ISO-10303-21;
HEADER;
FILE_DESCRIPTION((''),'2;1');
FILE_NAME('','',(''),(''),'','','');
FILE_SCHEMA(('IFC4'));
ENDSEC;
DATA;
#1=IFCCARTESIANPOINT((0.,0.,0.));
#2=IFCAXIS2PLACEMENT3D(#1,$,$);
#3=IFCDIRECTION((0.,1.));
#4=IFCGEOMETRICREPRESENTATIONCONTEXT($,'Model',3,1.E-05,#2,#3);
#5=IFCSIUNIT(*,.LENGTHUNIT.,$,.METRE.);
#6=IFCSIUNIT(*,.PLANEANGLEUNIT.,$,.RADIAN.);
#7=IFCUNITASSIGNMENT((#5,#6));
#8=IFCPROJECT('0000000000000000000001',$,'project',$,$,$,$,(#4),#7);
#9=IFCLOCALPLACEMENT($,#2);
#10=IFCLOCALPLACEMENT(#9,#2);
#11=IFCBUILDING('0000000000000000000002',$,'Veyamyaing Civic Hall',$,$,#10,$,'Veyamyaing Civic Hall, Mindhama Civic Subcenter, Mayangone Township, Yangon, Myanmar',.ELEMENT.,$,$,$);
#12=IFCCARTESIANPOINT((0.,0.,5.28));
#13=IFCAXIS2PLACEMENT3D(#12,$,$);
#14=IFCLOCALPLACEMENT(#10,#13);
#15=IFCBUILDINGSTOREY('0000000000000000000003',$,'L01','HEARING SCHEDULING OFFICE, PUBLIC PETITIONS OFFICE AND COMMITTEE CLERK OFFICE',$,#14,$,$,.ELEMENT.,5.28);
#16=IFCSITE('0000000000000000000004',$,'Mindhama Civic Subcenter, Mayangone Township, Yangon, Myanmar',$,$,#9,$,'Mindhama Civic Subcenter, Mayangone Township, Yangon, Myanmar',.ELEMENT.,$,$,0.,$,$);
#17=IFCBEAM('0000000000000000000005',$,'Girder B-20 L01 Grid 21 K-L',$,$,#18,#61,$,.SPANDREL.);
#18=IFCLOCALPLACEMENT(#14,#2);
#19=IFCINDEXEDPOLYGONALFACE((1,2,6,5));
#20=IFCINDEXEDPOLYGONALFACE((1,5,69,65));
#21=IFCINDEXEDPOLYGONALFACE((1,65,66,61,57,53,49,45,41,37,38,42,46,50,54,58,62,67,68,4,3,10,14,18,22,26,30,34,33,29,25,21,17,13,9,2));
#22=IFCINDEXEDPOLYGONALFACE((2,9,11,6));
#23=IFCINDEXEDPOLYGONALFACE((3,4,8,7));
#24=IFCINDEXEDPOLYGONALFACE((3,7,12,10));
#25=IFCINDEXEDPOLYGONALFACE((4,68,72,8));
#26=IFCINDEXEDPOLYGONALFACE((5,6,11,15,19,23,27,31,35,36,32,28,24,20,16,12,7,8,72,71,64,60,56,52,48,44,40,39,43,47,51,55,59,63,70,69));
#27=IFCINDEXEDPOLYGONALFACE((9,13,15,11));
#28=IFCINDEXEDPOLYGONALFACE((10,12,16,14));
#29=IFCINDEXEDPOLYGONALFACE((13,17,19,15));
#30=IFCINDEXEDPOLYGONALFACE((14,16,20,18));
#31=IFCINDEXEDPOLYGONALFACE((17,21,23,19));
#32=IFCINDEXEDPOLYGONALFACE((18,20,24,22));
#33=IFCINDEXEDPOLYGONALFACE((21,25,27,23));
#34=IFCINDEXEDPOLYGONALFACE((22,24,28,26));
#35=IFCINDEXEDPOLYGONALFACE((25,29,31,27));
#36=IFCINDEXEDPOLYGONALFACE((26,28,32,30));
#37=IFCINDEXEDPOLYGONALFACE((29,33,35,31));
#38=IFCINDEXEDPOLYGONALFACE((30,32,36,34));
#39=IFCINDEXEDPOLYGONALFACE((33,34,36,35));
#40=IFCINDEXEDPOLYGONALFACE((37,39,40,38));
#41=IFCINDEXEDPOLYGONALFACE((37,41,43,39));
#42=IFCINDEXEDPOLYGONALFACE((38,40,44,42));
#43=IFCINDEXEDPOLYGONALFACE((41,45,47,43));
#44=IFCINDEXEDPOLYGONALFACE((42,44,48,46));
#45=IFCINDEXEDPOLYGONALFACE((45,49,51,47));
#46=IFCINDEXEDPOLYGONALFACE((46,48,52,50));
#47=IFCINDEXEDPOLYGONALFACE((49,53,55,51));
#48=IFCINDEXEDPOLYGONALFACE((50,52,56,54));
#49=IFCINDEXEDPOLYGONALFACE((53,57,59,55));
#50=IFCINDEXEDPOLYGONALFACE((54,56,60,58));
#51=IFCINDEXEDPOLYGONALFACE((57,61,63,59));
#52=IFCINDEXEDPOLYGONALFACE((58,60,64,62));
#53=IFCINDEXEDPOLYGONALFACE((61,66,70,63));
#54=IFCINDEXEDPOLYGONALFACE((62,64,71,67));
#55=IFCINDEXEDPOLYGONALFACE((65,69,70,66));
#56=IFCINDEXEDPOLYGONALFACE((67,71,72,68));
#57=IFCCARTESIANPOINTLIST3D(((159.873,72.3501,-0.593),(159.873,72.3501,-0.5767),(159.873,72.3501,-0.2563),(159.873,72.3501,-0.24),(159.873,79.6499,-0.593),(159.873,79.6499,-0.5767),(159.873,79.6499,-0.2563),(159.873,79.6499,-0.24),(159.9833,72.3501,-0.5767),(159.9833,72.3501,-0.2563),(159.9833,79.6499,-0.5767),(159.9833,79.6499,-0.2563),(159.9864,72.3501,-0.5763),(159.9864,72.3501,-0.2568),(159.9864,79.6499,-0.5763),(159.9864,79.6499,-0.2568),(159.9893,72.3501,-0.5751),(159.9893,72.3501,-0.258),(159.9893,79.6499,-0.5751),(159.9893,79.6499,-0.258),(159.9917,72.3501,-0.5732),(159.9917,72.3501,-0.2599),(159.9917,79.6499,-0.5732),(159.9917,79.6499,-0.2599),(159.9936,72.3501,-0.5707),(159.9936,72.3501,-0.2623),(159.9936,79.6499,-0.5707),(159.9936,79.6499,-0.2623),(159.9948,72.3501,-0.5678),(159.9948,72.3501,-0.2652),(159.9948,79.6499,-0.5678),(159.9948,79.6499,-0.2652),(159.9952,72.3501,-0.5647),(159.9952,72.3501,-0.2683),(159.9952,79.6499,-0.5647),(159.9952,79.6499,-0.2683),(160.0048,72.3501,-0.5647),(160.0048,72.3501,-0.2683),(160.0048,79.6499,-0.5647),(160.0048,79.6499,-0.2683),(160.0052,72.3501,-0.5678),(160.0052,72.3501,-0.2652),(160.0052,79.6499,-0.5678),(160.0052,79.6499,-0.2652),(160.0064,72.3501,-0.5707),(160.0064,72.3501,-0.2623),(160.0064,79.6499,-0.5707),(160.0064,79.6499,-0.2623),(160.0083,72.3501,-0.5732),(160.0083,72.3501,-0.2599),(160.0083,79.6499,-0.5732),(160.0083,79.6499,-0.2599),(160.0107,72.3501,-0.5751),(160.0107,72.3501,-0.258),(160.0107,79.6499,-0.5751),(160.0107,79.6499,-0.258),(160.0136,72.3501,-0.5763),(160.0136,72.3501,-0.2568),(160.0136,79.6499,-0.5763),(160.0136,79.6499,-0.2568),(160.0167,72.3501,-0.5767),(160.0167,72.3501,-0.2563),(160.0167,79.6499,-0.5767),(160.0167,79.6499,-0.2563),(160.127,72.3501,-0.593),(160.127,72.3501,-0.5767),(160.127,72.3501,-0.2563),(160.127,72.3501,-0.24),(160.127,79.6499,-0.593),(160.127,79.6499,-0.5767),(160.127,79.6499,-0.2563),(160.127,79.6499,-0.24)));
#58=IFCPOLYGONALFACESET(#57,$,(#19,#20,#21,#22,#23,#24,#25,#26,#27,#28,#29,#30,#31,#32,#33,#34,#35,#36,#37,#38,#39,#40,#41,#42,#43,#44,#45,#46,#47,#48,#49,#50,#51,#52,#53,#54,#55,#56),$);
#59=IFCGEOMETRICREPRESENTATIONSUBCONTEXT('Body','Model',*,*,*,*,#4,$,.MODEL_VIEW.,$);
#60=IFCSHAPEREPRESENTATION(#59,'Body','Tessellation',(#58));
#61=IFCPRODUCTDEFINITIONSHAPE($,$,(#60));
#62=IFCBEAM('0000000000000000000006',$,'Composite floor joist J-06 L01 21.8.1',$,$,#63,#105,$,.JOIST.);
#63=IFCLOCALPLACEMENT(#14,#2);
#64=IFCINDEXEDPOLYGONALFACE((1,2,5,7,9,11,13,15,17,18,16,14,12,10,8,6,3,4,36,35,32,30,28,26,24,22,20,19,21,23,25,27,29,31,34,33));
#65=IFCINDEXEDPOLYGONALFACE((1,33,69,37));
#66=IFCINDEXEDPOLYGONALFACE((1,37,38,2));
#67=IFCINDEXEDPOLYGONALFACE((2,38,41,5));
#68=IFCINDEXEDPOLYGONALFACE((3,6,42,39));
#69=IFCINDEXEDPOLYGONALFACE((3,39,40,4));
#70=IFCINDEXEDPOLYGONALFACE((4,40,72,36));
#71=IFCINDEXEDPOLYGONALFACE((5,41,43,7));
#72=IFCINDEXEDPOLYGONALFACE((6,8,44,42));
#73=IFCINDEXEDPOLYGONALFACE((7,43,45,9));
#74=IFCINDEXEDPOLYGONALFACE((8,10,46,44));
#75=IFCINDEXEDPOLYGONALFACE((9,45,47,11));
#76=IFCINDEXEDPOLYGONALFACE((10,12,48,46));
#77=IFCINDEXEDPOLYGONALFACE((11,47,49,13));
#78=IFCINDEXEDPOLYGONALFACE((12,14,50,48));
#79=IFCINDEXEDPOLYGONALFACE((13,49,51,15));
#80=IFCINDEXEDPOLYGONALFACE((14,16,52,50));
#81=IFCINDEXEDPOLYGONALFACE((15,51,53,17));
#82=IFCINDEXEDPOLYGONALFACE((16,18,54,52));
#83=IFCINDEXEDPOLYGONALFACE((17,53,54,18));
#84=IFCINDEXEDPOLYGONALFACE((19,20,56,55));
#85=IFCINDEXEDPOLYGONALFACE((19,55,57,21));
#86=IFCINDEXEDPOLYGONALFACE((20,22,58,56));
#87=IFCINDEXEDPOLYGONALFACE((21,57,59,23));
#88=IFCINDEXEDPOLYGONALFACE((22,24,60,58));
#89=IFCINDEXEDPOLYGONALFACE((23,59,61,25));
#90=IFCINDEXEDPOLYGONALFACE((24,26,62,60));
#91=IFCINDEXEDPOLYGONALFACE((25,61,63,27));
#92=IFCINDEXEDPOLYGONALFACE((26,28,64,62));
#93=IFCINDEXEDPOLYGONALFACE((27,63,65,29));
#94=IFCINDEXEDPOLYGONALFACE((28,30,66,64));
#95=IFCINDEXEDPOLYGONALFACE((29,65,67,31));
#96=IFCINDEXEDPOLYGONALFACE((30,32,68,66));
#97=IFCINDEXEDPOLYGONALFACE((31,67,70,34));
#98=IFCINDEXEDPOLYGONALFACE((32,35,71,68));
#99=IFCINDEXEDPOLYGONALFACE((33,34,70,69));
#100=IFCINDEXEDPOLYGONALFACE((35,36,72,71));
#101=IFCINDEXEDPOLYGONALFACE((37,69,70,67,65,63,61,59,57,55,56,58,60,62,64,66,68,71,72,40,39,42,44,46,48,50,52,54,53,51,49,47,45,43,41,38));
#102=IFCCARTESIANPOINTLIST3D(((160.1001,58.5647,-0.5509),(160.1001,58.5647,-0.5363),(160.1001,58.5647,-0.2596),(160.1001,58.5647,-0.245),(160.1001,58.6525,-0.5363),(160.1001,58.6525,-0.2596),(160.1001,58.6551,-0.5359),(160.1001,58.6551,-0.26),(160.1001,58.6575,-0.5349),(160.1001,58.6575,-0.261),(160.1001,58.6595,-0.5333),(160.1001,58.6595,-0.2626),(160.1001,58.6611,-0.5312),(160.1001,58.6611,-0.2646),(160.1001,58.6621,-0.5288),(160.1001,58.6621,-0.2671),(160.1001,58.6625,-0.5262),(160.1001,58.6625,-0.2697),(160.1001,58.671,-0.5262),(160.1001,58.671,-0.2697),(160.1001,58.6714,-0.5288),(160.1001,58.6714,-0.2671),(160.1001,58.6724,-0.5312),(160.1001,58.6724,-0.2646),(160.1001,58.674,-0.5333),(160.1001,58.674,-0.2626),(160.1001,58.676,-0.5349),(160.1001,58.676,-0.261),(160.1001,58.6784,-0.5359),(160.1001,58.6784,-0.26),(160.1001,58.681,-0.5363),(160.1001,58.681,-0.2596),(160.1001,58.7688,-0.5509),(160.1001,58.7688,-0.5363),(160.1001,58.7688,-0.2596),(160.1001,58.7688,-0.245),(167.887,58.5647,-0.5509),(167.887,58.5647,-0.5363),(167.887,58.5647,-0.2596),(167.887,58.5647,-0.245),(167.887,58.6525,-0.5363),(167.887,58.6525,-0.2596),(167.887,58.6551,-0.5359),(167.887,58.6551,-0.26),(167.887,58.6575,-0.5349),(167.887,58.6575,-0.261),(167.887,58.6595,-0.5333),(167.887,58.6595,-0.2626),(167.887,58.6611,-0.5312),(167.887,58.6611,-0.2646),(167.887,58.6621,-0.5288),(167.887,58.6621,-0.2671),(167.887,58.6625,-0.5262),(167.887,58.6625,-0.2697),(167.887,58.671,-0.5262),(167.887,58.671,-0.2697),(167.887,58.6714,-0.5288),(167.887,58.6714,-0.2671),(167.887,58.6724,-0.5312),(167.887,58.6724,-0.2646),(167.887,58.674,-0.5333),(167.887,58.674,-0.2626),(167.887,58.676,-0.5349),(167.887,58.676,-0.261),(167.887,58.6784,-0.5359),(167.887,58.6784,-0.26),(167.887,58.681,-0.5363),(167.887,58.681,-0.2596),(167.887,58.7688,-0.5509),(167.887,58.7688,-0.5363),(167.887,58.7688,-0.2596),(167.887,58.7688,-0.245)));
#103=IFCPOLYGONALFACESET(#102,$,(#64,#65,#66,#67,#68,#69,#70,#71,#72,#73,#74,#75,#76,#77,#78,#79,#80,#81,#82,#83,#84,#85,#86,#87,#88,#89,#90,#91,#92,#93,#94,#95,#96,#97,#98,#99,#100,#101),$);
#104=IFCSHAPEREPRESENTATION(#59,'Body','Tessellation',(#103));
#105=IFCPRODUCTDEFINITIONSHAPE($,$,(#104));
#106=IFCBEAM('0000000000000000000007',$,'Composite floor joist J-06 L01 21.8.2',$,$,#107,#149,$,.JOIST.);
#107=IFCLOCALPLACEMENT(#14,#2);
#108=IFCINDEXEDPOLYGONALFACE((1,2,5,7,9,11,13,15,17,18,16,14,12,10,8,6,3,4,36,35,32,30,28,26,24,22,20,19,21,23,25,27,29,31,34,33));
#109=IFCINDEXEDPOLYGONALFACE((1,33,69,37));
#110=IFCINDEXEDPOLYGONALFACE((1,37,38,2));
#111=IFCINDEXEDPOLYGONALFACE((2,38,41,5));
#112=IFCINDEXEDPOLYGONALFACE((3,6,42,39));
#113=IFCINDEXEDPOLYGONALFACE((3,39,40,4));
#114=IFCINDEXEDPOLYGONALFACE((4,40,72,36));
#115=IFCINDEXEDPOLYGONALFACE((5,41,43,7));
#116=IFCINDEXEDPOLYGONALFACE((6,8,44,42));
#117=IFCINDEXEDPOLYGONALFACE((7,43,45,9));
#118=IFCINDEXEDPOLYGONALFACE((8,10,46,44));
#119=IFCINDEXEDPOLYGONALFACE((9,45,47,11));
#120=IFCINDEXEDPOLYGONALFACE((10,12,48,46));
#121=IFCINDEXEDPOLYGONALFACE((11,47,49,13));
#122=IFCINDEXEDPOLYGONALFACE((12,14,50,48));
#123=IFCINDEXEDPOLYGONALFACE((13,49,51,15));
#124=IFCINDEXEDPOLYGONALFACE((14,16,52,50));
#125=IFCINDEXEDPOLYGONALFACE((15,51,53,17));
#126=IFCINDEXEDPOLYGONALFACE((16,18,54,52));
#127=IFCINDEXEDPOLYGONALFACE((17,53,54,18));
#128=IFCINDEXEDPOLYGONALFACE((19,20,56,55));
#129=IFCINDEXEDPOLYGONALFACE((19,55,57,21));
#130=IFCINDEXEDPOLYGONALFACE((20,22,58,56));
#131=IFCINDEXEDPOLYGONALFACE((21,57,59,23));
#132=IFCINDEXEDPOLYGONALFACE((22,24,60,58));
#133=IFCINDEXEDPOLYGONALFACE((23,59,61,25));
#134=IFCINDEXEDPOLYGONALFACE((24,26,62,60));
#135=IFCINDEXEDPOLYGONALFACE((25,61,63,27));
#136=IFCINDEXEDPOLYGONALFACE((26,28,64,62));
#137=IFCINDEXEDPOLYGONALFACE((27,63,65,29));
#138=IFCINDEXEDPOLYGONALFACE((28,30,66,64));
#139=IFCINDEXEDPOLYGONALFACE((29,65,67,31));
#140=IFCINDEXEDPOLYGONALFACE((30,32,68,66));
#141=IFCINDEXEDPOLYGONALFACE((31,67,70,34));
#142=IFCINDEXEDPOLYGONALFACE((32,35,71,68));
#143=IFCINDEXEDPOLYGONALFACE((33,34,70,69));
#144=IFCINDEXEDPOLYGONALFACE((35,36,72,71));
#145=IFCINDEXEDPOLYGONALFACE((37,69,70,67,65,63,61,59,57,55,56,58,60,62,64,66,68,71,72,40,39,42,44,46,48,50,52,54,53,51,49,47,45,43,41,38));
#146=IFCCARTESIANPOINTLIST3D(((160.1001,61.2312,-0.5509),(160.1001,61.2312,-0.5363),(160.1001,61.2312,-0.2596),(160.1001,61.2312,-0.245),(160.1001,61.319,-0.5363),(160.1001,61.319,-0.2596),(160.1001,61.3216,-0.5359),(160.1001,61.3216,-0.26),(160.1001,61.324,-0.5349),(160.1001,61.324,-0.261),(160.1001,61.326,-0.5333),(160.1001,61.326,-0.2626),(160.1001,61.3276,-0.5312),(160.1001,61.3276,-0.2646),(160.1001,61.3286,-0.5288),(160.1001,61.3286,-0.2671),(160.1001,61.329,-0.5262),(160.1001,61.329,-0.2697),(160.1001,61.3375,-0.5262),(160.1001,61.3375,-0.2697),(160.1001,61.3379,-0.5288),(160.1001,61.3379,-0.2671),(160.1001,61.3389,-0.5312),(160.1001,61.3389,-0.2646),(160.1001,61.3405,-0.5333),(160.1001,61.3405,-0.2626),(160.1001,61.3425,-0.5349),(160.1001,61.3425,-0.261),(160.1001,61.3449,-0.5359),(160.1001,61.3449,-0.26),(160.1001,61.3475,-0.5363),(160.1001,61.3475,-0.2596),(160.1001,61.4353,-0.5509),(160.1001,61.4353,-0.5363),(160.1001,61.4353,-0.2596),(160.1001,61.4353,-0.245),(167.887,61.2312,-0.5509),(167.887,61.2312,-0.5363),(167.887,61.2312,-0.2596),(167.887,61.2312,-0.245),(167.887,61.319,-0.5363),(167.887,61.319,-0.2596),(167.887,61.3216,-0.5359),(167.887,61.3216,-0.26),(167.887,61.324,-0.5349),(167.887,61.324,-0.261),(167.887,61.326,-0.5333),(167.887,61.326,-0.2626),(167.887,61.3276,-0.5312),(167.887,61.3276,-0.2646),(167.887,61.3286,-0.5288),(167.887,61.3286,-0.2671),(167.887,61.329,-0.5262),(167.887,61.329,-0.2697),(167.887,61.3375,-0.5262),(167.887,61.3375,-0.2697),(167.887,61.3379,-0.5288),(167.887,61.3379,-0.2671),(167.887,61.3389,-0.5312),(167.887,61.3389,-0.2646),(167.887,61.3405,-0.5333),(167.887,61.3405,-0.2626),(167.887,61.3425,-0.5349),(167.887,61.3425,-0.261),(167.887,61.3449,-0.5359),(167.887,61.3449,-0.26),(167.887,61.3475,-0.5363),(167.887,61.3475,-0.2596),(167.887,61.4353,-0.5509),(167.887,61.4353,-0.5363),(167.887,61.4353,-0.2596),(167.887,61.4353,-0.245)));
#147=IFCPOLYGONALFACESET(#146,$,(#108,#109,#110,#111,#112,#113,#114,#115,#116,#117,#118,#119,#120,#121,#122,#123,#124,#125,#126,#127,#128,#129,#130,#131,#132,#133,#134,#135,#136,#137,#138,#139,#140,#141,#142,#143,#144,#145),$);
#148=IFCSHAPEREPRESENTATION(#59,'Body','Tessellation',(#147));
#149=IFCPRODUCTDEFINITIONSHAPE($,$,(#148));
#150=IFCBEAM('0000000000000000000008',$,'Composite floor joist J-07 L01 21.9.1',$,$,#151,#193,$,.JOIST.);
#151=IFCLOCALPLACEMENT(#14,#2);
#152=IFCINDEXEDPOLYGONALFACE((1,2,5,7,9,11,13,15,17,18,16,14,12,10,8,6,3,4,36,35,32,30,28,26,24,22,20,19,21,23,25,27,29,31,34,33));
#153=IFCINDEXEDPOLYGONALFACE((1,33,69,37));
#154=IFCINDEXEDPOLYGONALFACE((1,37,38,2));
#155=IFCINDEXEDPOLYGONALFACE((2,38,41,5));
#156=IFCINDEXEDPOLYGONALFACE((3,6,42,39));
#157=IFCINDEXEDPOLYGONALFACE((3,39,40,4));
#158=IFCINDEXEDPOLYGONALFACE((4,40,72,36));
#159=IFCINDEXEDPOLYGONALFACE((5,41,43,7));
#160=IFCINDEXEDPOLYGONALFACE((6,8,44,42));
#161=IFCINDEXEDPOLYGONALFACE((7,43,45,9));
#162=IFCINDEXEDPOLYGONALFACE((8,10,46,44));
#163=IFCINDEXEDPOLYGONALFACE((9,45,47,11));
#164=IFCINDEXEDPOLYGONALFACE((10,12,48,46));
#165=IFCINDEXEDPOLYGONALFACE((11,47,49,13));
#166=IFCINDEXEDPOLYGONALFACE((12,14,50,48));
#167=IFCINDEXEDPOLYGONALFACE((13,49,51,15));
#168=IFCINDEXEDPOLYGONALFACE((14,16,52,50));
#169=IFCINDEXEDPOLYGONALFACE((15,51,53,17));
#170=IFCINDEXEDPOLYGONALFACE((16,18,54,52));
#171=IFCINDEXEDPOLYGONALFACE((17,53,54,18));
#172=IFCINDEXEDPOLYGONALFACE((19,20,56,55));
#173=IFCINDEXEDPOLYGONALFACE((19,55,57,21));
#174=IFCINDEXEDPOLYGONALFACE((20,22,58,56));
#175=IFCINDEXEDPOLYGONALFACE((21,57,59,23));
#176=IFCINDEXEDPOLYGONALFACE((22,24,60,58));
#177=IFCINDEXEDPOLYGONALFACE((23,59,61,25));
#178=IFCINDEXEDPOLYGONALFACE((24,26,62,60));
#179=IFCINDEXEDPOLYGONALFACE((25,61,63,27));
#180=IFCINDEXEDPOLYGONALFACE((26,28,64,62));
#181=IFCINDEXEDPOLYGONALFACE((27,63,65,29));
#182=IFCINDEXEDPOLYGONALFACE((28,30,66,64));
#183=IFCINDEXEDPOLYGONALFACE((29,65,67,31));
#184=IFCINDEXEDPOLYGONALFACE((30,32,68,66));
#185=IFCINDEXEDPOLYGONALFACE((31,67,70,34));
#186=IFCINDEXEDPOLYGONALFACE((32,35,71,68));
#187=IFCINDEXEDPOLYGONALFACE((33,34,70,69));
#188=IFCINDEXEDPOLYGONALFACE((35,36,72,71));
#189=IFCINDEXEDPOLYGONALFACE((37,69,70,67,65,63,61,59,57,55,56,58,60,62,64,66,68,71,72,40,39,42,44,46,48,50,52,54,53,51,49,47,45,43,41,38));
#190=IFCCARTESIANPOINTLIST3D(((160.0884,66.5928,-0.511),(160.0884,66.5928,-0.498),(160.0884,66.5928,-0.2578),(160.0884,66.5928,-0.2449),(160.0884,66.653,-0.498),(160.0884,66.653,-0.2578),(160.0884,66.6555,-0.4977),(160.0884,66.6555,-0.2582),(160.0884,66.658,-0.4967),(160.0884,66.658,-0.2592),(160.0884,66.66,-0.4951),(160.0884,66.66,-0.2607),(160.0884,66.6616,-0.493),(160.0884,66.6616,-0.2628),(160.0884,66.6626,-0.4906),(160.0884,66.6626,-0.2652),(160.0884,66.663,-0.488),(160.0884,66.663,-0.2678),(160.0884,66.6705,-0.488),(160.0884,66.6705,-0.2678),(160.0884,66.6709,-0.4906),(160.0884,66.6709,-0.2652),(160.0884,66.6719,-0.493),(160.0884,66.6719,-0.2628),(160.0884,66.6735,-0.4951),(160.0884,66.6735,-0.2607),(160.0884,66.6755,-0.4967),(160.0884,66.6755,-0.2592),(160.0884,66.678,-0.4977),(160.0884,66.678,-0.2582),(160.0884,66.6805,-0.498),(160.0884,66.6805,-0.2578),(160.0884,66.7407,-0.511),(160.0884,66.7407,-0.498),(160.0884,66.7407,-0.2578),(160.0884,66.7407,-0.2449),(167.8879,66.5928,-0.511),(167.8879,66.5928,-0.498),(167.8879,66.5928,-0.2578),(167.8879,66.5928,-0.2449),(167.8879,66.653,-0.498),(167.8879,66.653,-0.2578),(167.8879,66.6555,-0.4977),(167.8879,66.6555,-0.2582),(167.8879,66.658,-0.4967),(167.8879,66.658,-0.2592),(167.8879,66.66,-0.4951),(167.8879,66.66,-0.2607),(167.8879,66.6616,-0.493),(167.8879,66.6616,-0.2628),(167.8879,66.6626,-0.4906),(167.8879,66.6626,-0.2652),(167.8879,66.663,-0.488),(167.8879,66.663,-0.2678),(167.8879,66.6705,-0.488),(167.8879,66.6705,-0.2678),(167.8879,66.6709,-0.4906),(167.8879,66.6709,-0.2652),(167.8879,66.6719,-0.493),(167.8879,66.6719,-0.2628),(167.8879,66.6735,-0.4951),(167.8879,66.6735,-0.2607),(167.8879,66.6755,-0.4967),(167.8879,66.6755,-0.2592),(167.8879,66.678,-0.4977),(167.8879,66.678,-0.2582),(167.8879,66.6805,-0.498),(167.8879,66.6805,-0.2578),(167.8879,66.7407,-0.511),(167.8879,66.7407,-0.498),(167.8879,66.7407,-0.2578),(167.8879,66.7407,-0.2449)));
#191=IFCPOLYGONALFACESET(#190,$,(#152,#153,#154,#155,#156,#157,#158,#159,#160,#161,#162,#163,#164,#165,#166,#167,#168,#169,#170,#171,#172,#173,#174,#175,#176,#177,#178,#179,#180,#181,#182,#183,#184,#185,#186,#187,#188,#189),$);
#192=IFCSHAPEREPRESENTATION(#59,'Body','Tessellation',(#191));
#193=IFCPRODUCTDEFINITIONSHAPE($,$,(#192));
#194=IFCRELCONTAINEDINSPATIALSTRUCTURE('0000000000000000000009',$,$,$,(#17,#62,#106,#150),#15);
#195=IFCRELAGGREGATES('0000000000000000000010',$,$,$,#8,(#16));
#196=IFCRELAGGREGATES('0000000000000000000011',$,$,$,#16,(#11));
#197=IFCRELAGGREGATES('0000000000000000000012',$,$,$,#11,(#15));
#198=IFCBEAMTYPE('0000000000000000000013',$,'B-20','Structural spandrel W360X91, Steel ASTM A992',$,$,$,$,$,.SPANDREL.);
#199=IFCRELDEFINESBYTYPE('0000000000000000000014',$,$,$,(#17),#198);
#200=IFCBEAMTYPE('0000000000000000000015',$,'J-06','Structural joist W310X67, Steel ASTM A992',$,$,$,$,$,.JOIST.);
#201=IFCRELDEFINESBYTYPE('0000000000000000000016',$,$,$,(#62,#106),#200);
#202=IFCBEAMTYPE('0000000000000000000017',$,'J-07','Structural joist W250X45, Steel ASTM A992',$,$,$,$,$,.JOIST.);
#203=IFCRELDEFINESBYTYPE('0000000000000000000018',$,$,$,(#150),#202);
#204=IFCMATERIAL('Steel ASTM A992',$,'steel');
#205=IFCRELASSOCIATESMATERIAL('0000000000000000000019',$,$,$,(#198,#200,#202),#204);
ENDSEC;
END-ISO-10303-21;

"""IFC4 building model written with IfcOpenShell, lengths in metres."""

from ifc_helpers import new_model, si_unit, direction, frame, origin, origin_2d, place, context, subcontext, project, spatial, i_section, extrude, material, material_profile, profile_set, type_object, element, save


model = new_model("IFC4")

# Units and contexts
model_context = context("Model", 3, precision=1e-05, world=origin(), true_north=direction((0.0, 1.0)))
body_context = subcontext(model_context, "Body", "Model", "MODEL_VIEW")
ifc_project = project(units=[si_unit("LENGTHUNIT", "METRE"), si_unit("PLANEANGLEUNIT", "RADIAN")], contexts=[model_context])

# Site, building, storey
site_placement = place(None, origin())
site = spatial("IfcSite", under=ifc_project, at=site_placement, Name="Mindhama Civic Subcenter, Mayangone Township, Yangon, Myanmar", LongName="Mindhama Civic Subcenter, Mayangone Township, Yangon, Myanmar", CompositionType="ELEMENT", RefElevation=0.0)
building_placement = place(site_placement, origin())
building = spatial("IfcBuilding", under=site, at=building_placement, Name="Veyamyaing Civic Hall", LongName="Veyamyaing Civic Hall, Mindhama Civic Subcenter, Mayangone Township, Yangon, Myanmar", CompositionType="ELEMENT")
storey_placement = place(building_placement, frame((0.0, 0.0, 5.28)))
storey = spatial("IfcBuildingStorey", under=building, at=storey_placement, Name="L01", Description="HEARING SCHEDULING OFFICE, PUBLIC PETITIONS OFFICE AND COMMITTEE CLERK OFFICE", CompositionType="ELEMENT", Elevation=5.28)

# Beams
ifc_material_1 = material(Name="Steel ASTM A992", Category="steel")
ifc_material_profile_1 = material_profile(ifc_material_1, i_section(OverallWidth=0.2539, OverallDepth=0.353, WebThickness=0.0095, FlangeThickness=0.0164, FilletRadius=0.012, at=origin_2d()), Name="W360X91")
ifc_profile_set_1 = profile_set([ifc_material_profile_1], Name="Steel ASTM A992")
beam_type_1 = type_object("IfcBeamType", Name="B-20", Description="Structural spandrel W360X91, Steel ASTM A992", PredefinedType="SPANDREL", material=ifc_profile_set_1)
beam_1_placement = place(storey_placement, frame((160.0, 72.3501, -0.4165), z_axis=(0.0, 1.0, 0.0), x_axis=(-1.0, 0.0, 0.0)))
element("IfcBeam", 1, at=beam_1_placement, inside=storey, type_object=beam_type_1, Name="Girder B-20 L01 Grid 21 K-L", PredefinedType="SPANDREL", context=body_context, shape_type="SweptSolid", body=[
    extrude(i_section(OverallWidth=0.2539, OverallDepth=0.353, WebThickness=0.0095, FlangeThickness=0.0164, FilletRadius=0.012, at=origin_2d()), origin(), (0.0, 0.0, 1.0), 7.2998),
])
ifc_material_profile_2 = material_profile(ifc_material_1, i_section(OverallWidth=0.2041, OverallDepth=0.3059, WebThickness=0.0085, FlangeThickness=0.0146, FilletRadius=0.01, at=origin_2d()), Name="W310X67")
ifc_profile_set_2 = profile_set([ifc_material_profile_2], Name="Steel ASTM A992")
beam_type_2 = type_object("IfcBeamType", Name="J-06", Description="Structural joist W310X67, Steel ASTM A992", PredefinedType="JOIST", material=ifc_profile_set_2)
for number, where, z_axis, x_axis, name in (
    (2, (160.1001, 58.6667, -0.3979), (1.0, 0.0, 0.0), (0.0, 1.0, 0.0), "Composite floor joist J-06 L01 21.8.1"),
    (3, (160.1001, 61.3333, -0.3979), (1.0, 0.0, 0.0), (0.0, 1.0, 0.0), "Composite floor joist J-06 L01 21.8.2"),
):
    element("IfcBeam", number, at=place(storey_placement, frame(where, z_axis=z_axis, x_axis=x_axis)), inside=storey, type_object=beam_type_2, Name=name, PredefinedType="JOIST", context=body_context, shape_type="SweptSolid", body=[
        extrude(i_section(OverallWidth=0.2041, OverallDepth=0.3059, WebThickness=0.0085, FlangeThickness=0.0146, FilletRadius=0.01, at=origin_2d()), origin(), (0.0, 0.0, 1.0), 7.7869),
    ])
ifc_material_profile_3 = material_profile(ifc_material_1, i_section(OverallWidth=0.1479, OverallDepth=0.2661, WebThickness=0.0076, FlangeThickness=0.0129, FilletRadius=0.01, at=origin_2d()), Name="W250X45")
ifc_profile_set_3 = profile_set([ifc_material_profile_3], Name="Steel ASTM A992")
beam_type_3 = type_object("IfcBeamType", Name="J-07", Description="Structural joist W250X45, Steel ASTM A992", PredefinedType="JOIST", material=ifc_profile_set_3)
for number, where, z_axis, x_axis, name in (
    (4, (160.0884, 66.6667, -0.3779), (1.0, 0.0, 0.0), (0.0, 1.0, 0.0), "Composite floor joist J-07 L01 21.9.1"),
):
    element("IfcBeam", number, at=place(storey_placement, frame(where, z_axis=z_axis, x_axis=x_axis)), inside=storey, type_object=beam_type_3, Name=name, PredefinedType="JOIST", context=body_context, shape_type="SweptSolid", body=[
        extrude(i_section(OverallWidth=0.1479, OverallDepth=0.2661, WebThickness=0.0076, FlangeThickness=0.0129, FilletRadius=0.01, at=origin_2d()), origin(), (0.0, 0.0, 1.0), 7.7996),
    ])

save(model, "model.ifc")
